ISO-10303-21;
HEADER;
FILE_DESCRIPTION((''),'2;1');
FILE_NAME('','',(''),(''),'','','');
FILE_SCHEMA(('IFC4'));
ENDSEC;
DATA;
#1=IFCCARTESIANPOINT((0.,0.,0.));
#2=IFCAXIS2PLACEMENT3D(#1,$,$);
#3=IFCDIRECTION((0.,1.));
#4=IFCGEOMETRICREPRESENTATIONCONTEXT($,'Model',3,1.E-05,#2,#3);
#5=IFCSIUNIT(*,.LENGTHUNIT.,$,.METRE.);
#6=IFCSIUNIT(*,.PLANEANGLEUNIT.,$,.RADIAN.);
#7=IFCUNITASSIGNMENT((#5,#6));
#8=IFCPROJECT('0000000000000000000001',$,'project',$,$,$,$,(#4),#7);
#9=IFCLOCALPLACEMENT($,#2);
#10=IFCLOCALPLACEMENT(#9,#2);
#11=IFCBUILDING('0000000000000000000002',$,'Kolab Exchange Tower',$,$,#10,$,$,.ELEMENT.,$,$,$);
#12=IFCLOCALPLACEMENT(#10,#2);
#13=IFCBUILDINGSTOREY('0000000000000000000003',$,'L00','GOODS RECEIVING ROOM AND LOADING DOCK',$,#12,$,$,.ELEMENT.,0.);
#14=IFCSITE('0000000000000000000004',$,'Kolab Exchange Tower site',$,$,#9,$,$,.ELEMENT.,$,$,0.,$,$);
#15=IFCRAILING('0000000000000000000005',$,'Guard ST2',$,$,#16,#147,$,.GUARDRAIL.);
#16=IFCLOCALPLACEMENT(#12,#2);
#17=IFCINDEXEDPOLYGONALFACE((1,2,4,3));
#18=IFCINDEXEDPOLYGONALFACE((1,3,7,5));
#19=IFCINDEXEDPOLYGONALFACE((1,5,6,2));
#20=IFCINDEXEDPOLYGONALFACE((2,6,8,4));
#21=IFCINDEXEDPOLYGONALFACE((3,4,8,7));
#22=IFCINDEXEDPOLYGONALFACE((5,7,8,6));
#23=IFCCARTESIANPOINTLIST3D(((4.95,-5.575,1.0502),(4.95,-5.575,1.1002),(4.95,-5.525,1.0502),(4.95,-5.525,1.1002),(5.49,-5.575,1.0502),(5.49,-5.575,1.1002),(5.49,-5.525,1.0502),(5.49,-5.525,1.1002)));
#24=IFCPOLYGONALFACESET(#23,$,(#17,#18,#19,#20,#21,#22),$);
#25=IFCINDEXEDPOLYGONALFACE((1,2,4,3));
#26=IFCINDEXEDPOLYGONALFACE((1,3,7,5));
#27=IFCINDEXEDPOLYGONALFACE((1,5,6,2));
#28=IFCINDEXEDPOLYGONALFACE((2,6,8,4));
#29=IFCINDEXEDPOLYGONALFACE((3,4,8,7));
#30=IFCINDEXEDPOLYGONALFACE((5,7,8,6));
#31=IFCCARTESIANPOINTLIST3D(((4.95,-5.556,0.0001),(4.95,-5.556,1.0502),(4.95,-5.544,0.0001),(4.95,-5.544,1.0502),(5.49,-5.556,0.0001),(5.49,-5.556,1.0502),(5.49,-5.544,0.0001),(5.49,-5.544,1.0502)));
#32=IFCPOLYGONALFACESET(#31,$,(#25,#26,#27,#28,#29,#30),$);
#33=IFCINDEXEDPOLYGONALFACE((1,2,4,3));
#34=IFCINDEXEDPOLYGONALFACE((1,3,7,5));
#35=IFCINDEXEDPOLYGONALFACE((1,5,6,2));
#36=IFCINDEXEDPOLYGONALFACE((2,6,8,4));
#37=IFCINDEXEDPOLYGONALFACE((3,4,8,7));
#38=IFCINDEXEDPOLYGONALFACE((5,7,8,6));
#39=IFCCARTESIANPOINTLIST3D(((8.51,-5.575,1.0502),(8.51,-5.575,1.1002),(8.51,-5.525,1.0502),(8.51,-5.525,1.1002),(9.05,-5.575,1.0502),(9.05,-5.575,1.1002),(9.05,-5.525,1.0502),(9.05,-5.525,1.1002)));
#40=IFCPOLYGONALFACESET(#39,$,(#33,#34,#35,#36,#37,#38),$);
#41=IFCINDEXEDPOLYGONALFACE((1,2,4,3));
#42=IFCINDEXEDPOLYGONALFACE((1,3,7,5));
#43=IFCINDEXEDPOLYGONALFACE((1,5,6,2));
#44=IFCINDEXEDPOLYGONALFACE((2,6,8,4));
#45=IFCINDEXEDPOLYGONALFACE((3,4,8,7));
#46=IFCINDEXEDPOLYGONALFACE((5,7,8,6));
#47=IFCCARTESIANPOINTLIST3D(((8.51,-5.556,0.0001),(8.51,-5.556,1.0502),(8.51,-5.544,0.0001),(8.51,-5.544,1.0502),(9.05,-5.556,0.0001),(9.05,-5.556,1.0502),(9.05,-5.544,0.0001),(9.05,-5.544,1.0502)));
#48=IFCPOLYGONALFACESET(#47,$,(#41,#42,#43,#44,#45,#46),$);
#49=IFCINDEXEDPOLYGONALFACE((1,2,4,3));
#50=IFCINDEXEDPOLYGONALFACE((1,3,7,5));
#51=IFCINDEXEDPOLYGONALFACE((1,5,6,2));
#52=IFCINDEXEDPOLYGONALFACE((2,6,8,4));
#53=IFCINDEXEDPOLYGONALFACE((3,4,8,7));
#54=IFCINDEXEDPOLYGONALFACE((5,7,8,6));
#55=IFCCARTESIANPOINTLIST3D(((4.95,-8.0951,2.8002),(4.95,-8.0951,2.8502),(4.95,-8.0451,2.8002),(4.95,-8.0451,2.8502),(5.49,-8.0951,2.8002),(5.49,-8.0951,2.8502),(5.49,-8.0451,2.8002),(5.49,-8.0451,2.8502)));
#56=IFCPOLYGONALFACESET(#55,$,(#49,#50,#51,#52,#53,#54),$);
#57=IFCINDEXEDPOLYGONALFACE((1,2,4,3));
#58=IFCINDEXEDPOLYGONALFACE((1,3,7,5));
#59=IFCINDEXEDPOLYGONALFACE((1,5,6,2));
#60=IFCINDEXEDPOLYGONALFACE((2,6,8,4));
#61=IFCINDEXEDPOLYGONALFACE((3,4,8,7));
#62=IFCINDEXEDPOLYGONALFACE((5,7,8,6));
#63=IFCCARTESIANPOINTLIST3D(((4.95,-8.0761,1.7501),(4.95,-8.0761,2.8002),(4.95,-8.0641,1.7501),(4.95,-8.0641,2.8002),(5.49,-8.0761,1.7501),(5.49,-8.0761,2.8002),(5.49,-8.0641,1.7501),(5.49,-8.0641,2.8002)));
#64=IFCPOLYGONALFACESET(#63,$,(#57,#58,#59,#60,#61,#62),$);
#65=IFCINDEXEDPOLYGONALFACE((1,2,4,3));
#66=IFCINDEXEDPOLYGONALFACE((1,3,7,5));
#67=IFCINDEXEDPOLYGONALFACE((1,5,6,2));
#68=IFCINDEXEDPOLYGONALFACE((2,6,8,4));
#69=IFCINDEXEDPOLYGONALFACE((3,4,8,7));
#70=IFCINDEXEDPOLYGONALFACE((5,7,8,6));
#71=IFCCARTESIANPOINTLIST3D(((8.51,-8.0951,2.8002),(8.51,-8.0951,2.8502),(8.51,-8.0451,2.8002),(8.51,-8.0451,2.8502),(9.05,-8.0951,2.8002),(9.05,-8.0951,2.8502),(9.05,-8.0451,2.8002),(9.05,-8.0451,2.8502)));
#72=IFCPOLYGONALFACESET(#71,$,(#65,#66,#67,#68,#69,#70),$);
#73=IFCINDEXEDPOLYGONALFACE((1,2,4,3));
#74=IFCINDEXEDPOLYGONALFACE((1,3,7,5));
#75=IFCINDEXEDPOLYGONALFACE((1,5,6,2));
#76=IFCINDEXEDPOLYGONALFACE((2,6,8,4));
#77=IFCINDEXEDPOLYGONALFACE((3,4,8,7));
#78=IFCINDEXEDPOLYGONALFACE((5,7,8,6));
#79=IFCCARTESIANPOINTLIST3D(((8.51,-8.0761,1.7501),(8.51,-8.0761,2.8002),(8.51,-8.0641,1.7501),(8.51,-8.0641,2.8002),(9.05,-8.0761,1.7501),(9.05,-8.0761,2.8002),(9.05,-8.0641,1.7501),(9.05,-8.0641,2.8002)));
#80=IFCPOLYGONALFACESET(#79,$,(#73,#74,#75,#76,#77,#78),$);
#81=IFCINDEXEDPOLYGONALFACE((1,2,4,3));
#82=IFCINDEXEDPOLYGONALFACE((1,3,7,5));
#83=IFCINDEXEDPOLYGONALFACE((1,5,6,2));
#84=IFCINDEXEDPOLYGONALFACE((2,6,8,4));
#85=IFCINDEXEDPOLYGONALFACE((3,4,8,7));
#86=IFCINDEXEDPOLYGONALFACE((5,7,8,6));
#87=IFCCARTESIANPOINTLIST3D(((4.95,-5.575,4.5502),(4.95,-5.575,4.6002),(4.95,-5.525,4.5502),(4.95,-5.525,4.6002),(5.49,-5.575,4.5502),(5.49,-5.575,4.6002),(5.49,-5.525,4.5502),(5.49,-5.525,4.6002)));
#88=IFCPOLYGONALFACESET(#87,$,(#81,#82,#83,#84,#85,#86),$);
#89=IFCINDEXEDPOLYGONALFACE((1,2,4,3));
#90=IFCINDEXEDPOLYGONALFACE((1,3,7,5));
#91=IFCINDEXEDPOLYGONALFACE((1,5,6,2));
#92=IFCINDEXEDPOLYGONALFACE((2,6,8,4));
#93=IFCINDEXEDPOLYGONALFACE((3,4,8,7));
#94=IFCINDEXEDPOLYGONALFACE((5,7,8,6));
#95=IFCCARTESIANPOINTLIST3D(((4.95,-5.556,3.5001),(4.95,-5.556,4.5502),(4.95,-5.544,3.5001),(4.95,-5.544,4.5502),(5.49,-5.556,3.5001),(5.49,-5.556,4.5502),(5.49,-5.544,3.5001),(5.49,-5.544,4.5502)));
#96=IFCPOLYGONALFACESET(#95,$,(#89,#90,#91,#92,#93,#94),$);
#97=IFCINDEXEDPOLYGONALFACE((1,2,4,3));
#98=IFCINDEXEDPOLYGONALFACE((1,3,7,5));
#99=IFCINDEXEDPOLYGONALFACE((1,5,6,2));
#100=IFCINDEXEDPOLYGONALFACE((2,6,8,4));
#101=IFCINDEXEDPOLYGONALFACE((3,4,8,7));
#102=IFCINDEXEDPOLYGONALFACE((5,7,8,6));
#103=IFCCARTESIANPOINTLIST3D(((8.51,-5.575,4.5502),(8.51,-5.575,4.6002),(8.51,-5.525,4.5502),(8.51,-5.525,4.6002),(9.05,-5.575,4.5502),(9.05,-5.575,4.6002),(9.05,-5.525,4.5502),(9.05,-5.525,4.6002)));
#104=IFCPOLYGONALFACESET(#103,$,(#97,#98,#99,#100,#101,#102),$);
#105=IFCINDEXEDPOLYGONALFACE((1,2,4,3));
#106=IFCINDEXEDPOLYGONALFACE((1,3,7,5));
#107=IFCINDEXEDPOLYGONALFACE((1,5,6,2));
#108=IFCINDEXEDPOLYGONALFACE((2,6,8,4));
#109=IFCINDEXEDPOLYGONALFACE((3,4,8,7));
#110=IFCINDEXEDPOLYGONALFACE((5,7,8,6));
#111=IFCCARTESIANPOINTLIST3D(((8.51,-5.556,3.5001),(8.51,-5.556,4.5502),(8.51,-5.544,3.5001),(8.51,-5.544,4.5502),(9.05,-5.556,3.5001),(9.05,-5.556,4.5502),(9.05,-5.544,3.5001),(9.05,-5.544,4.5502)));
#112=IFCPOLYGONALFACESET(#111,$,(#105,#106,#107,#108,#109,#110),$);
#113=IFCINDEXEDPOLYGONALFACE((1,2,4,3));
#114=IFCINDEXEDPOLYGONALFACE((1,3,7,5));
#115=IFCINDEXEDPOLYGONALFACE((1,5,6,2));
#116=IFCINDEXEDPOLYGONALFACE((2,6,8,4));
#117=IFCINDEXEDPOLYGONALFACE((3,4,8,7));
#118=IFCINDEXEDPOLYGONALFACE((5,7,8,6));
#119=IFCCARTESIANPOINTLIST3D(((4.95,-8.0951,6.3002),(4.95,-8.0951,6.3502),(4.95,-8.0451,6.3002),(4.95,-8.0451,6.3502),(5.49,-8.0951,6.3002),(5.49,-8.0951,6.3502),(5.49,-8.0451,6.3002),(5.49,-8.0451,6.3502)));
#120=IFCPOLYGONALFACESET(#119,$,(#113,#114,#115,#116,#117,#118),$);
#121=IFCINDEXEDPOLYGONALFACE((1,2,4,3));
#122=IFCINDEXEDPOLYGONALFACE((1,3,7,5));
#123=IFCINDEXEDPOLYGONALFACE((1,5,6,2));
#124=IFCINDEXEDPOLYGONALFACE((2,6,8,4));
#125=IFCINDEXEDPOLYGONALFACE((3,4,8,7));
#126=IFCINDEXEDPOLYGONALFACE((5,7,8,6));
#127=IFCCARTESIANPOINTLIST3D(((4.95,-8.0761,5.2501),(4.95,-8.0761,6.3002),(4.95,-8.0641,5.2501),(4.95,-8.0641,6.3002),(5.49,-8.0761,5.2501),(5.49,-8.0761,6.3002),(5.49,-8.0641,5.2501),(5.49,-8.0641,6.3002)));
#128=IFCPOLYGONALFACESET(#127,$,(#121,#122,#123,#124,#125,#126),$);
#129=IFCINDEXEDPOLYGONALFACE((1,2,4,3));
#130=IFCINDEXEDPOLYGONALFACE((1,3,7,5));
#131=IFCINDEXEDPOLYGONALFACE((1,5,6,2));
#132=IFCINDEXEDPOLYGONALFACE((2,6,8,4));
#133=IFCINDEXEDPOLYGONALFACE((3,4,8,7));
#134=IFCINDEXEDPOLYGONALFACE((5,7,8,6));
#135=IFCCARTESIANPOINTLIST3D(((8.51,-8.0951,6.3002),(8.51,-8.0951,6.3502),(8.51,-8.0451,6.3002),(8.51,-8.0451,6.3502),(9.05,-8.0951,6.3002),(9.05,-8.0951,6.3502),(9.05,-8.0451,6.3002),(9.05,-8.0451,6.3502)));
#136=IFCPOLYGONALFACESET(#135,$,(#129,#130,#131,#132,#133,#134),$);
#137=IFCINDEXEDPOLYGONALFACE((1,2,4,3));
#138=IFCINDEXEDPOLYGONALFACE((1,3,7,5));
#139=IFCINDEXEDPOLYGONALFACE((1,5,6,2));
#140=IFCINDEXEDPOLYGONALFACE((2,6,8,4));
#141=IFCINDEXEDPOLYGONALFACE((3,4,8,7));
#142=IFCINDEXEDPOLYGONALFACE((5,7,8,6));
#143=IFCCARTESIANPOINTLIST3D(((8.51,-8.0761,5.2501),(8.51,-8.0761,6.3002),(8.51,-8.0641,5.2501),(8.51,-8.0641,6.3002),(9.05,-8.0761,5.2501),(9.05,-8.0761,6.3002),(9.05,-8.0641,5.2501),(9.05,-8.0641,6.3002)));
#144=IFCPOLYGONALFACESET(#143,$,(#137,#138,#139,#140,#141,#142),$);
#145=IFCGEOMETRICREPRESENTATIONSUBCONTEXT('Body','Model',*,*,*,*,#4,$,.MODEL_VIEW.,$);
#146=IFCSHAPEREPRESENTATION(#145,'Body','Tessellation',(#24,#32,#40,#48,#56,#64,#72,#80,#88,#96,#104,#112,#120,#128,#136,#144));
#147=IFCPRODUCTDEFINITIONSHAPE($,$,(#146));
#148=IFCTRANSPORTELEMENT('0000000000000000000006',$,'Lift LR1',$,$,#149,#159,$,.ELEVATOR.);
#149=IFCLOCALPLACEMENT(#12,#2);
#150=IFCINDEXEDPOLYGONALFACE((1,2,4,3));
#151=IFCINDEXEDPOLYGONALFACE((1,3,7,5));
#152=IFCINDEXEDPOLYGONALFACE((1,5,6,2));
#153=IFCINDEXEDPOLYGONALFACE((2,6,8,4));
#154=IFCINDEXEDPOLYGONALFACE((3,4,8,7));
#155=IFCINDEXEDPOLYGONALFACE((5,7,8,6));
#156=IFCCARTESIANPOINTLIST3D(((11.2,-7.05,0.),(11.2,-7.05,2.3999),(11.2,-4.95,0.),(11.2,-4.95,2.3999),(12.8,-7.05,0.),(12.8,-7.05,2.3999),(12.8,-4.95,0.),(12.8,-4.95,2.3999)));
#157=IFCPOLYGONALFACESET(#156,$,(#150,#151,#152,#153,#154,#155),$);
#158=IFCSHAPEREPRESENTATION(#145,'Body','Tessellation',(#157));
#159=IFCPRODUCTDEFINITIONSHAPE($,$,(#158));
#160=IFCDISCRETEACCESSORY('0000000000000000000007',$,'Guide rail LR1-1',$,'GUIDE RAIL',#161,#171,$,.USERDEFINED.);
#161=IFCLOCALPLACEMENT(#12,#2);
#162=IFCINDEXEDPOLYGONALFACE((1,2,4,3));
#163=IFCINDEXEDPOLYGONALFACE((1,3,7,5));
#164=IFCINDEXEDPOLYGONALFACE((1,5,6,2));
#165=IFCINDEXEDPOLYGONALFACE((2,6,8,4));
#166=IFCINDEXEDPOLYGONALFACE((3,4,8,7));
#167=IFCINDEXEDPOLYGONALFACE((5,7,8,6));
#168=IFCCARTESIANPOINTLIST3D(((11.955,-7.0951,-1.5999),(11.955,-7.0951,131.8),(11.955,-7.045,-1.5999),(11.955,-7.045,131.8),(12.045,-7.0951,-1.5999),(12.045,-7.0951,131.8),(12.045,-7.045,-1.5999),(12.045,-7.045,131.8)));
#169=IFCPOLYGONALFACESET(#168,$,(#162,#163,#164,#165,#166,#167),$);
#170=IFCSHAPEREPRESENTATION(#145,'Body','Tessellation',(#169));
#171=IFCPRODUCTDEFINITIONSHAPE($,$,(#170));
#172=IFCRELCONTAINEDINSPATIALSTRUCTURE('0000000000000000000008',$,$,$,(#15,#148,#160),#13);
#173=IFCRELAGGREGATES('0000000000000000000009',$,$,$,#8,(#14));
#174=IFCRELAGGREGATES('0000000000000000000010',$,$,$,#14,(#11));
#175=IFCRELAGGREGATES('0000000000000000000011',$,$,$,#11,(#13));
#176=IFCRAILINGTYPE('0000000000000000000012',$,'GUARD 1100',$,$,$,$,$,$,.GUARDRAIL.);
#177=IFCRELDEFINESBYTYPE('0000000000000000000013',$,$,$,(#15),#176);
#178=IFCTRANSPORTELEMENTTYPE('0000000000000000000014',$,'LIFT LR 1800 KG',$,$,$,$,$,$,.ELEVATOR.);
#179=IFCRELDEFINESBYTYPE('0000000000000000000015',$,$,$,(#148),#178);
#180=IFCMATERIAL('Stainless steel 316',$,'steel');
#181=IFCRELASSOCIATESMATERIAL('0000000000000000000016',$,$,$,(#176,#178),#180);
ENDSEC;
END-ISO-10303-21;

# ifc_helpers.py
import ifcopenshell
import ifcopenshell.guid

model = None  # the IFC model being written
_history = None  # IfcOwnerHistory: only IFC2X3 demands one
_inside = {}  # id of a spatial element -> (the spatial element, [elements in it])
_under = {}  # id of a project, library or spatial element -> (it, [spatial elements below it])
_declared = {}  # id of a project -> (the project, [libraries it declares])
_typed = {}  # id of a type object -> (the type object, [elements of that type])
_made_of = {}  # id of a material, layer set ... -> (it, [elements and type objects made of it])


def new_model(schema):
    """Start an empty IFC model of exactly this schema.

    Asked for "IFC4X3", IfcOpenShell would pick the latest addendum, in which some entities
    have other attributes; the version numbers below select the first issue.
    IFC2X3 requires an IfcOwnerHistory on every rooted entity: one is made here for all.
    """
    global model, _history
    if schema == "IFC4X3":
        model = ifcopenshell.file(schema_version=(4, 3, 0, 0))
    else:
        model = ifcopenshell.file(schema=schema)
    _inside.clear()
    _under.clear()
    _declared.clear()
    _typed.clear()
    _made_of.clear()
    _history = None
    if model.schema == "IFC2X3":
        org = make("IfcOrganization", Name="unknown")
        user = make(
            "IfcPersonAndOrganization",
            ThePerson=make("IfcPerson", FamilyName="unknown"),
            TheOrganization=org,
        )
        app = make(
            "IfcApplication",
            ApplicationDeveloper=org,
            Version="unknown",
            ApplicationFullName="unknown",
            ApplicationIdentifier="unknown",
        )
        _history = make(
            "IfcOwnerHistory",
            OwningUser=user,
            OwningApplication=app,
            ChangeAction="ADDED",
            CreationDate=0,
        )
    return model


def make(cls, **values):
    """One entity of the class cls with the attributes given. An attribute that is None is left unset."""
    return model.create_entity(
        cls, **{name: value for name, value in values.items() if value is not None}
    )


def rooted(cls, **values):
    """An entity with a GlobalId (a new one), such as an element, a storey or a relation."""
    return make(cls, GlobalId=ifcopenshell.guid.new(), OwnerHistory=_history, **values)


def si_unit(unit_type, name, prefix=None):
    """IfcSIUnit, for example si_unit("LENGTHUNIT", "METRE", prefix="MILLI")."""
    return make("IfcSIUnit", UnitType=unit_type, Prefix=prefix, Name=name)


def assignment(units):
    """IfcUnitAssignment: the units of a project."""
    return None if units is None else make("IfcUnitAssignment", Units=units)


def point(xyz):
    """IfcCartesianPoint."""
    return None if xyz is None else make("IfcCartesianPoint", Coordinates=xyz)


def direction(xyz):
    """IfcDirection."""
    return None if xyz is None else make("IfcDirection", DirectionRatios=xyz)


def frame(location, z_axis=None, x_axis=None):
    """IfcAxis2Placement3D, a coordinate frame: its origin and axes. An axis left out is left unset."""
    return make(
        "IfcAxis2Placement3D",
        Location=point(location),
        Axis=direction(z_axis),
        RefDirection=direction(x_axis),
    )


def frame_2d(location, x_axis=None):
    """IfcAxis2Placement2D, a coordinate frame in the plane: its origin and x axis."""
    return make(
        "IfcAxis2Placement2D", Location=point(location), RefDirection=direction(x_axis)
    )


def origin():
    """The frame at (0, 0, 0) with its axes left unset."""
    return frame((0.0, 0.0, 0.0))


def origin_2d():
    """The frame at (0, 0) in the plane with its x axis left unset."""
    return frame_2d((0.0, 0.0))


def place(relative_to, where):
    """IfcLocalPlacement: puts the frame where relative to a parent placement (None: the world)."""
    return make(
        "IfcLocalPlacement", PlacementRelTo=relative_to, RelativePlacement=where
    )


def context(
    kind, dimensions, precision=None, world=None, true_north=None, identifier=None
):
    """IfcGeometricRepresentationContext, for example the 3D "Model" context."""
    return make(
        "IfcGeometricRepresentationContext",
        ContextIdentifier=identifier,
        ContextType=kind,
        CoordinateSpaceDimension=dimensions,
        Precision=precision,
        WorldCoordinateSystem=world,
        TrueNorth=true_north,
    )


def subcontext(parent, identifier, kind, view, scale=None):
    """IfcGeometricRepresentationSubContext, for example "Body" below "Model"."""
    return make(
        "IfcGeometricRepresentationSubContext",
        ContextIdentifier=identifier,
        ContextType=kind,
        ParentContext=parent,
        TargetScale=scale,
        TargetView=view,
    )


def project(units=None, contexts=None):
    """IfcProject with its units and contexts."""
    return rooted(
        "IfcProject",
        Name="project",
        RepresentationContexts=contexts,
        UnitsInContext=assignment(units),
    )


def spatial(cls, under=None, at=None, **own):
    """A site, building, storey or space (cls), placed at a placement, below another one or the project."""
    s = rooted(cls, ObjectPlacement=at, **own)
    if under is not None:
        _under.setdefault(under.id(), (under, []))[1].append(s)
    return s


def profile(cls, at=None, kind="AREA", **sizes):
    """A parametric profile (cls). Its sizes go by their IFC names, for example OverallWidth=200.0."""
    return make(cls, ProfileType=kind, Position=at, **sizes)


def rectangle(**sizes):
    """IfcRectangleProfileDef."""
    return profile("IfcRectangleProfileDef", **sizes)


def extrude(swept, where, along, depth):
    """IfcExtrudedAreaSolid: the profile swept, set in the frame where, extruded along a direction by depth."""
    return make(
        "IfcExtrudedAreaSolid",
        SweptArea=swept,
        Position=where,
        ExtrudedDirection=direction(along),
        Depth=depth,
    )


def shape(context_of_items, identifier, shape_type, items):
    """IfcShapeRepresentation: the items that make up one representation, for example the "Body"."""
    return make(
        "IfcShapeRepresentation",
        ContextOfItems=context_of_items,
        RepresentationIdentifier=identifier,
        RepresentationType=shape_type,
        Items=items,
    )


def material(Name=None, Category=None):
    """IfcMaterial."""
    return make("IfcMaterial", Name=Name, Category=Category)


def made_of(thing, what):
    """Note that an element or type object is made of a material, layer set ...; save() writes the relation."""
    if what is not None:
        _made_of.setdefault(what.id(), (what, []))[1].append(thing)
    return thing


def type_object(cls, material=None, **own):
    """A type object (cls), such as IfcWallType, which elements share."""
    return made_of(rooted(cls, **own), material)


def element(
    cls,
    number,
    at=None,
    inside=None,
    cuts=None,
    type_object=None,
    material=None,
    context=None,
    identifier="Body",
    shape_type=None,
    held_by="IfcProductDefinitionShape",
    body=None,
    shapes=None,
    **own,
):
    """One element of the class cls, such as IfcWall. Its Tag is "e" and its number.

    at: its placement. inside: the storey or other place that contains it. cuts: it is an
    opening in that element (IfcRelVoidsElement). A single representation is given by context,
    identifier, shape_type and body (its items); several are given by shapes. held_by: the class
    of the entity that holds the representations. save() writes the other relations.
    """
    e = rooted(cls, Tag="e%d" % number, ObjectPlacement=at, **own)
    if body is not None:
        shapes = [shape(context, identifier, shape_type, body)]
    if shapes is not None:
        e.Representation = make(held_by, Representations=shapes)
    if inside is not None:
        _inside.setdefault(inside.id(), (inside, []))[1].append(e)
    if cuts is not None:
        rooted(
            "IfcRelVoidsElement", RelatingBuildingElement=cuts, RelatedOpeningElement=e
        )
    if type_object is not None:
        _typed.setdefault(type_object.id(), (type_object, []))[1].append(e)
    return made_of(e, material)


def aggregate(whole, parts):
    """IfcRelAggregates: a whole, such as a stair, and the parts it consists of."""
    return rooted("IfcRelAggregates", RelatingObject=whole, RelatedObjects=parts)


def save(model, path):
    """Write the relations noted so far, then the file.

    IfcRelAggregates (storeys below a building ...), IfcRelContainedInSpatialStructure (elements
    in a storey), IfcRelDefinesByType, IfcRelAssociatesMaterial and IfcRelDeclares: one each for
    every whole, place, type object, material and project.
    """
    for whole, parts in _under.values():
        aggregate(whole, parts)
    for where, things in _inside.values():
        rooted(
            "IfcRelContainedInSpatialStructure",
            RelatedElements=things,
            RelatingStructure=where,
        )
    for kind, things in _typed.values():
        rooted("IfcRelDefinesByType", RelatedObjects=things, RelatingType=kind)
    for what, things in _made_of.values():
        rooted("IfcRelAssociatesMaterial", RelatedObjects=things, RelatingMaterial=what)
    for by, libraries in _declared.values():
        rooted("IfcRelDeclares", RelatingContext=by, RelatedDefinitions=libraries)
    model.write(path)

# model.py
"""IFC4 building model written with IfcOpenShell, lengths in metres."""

from ifc_helpers import new_model, si_unit, direction, frame, frame_2d, origin, origin_2d, place, context, subcontext, project, spatial, rectangle, extrude, material, type_object, element, save


model = new_model("IFC4")

# Units and contexts
model_context = context("Model", 3, precision=1e-05, world=origin(), true_north=direction((0.0, 1.0)))
body_context = subcontext(model_context, "Body", "Model", "MODEL_VIEW")
ifc_project = project(units=[si_unit("LENGTHUNIT", "METRE"), si_unit("PLANEANGLEUNIT", "RADIAN")], contexts=[model_context])

# Site, building, storey
site_placement = place(None, origin())
site = spatial("IfcSite", under=ifc_project, at=site_placement, Name="Kolab Exchange Tower site", CompositionType="ELEMENT", RefElevation=0.0)
building_placement = place(site_placement, origin())
building = spatial("IfcBuilding", under=site, at=building_placement, Name="Kolab Exchange Tower", CompositionType="ELEMENT")
storey_placement = place(building_placement, origin())
storey = spatial("IfcBuildingStorey", under=building, at=storey_placement, Name="L00", Description="GOODS RECEIVING ROOM AND LOADING DOCK", CompositionType="ELEMENT", Elevation=0.0)

# Shared definitions
ifc_material_1 = material(Name="Stainless steel 316", Category="steel")

# Railing
railing_type = type_object("IfcRailingType", Name="GUARD 1100", PredefinedType="GUARDRAIL", material=ifc_material_1)
railing_placement = place(storey_placement, frame((4.95, -5.55, 0.0)))
element("IfcRailing", 1, at=railing_placement, inside=storey, type_object=railing_type, Name="Guard ST2", PredefinedType="GUARDRAIL", context=body_context, shape_type="SweptSolid", body=[
    extrude(rectangle(XDim=0.05, YDim=0.05, at=origin_2d()), frame((0.0, 0.0, 1.0752), z_axis=(1.0, 0.0, 0.0), x_axis=(0.0, 1.0, 0.0)), (0.0, 0.0, 1.0), 0.54),
    extrude(rectangle(XDim=0.012, YDim=1.0501, at=frame_2d((0.0, 0.5251))), frame((0.0, 0.0, 0.0), z_axis=(1.0, 0.0, 0.0), x_axis=(0.0, 1.0, 0.0)), (0.0, 0.0, 1.0), 0.54),
    extrude(rectangle(XDim=0.05, YDim=0.05, at=origin_2d()), frame((3.5601, 0.0, 1.0752), z_axis=(1.0, 0.0, 0.0), x_axis=(0.0, 1.0, 0.0)), (0.0, 0.0, 1.0), 0.54),
    extrude(rectangle(XDim=0.012, YDim=1.0501, at=frame_2d((0.0, 0.5251))), frame((3.5601, 0.0, 0.0), z_axis=(1.0, 0.0, 0.0), x_axis=(0.0, 1.0, 0.0)), (0.0, 0.0, 1.0), 0.54),
    extrude(rectangle(XDim=0.05, YDim=0.05, at=origin_2d()), frame((0.0, -2.52, 2.8252), z_axis=(1.0, 0.0, 0.0), x_axis=(0.0, 1.0, 0.0)), (0.0, 0.0, 1.0), 0.54),
    extrude(rectangle(XDim=0.012, YDim=1.0501, at=frame_2d((0.0, 0.5251))), frame((0.0, -2.52, 1.75), z_axis=(1.0, 0.0, 0.0), x_axis=(0.0, 1.0, 0.0)), (0.0, 0.0, 1.0), 0.54),
    extrude(rectangle(XDim=0.05, YDim=0.05, at=origin_2d()), frame((3.5601, -2.52, 2.8252), z_axis=(1.0, 0.0, 0.0), x_axis=(0.0, 1.0, 0.0)), (0.0, 0.0, 1.0), 0.54),
    extrude(rectangle(XDim=0.012, YDim=1.0501, at=frame_2d((0.0, 0.5251))), frame((3.5601, -2.52, 1.75), z_axis=(1.0, 0.0, 0.0), x_axis=(0.0, 1.0, 0.0)), (0.0, 0.0, 1.0), 0.54),
    extrude(rectangle(XDim=0.05, YDim=0.05, at=origin_2d()), frame((0.0, 0.0, 4.5752), z_axis=(1.0, 0.0, 0.0), x_axis=(0.0, 1.0, 0.0)), (0.0, 0.0, 1.0), 0.54),
    extrude(rectangle(XDim=0.012, YDim=1.0501, at=frame_2d((0.0, 0.5251))), frame((0.0, 0.0, 3.5), z_axis=(1.0, 0.0, 0.0), x_axis=(0.0, 1.0, 0.0)), (0.0, 0.0, 1.0), 0.54),
    extrude(rectangle(XDim=0.05, YDim=0.05, at=origin_2d()), frame((3.5601, 0.0, 4.5752), z_axis=(1.0, 0.0, 0.0), x_axis=(0.0, 1.0, 0.0)), (0.0, 0.0, 1.0), 0.54),
    extrude(rectangle(XDim=0.012, YDim=1.0501, at=frame_2d((0.0, 0.5251))), frame((3.5601, 0.0, 3.5), z_axis=(1.0, 0.0, 0.0), x_axis=(0.0, 1.0, 0.0)), (0.0, 0.0, 1.0), 0.54),
    extrude(rectangle(XDim=0.05, YDim=0.05, at=origin_2d()), frame((0.0, -2.52, 6.3252), z_axis=(1.0, 0.0, 0.0), x_axis=(0.0, 1.0, 0.0)), (0.0, 0.0, 1.0), 0.54),
    extrude(rectangle(XDim=0.012, YDim=1.0501, at=frame_2d((0.0, 0.5251))), frame((0.0, -2.52, 5.25), z_axis=(1.0, 0.0, 0.0), x_axis=(0.0, 1.0, 0.0)), (0.0, 0.0, 1.0), 0.54),
    extrude(rectangle(XDim=0.05, YDim=0.05, at=origin_2d()), frame((3.5601, -2.52, 6.3252), z_axis=(1.0, 0.0, 0.0), x_axis=(0.0, 1.0, 0.0)), (0.0, 0.0, 1.0), 0.54),
    extrude(rectangle(XDim=0.012, YDim=1.0501, at=frame_2d((0.0, 0.5251))), frame((3.5601, -2.52, 5.25), z_axis=(1.0, 0.0, 0.0), x_axis=(0.0, 1.0, 0.0)), (0.0, 0.0, 1.0), 0.54),
])

# Transport element
transport_element_type = type_object("IfcTransportElementType", Name="LIFT LR 1800 KG", PredefinedType="ELEVATOR", material=ifc_material_1)
transport_element_placement = place(storey_placement, frame((12.0, -6.0, 0.0), z_axis=(0.0, 0.0, 1.0), x_axis=(1.0, 0.0, 0.0)))
element("IfcTransportElement", 2, at=transport_element_placement, inside=storey, type_object=transport_element_type, Name="Lift LR1", PredefinedType="ELEVATOR", context=body_context, shape_type="SweptSolid", body=[
    extrude(rectangle(XDim=1.6001, YDim=2.1001, at=origin_2d()), origin(), (0.0, 0.0, 1.0), 2.3999),
])

# Discrete accessory
discrete_accessory_placement = place(storey_placement, frame((12.0, -7.0701, -1.5999), z_axis=(0.0, 0.0, 1.0), x_axis=(1.0, 0.0, 0.0)))
element("IfcDiscreteAccessory", 3, at=discrete_accessory_placement, inside=storey, Name="Guide rail LR1-1", ObjectType="GUIDE RAIL", PredefinedType="USERDEFINED", context=body_context, shape_type="SweptSolid", body=[
    extrude(rectangle(XDim=0.0901, YDim=0.05, at=origin_2d()), origin(), (0.0, 0.0, 1.0), 133.3999),
])

save(model, "model.ifc")
